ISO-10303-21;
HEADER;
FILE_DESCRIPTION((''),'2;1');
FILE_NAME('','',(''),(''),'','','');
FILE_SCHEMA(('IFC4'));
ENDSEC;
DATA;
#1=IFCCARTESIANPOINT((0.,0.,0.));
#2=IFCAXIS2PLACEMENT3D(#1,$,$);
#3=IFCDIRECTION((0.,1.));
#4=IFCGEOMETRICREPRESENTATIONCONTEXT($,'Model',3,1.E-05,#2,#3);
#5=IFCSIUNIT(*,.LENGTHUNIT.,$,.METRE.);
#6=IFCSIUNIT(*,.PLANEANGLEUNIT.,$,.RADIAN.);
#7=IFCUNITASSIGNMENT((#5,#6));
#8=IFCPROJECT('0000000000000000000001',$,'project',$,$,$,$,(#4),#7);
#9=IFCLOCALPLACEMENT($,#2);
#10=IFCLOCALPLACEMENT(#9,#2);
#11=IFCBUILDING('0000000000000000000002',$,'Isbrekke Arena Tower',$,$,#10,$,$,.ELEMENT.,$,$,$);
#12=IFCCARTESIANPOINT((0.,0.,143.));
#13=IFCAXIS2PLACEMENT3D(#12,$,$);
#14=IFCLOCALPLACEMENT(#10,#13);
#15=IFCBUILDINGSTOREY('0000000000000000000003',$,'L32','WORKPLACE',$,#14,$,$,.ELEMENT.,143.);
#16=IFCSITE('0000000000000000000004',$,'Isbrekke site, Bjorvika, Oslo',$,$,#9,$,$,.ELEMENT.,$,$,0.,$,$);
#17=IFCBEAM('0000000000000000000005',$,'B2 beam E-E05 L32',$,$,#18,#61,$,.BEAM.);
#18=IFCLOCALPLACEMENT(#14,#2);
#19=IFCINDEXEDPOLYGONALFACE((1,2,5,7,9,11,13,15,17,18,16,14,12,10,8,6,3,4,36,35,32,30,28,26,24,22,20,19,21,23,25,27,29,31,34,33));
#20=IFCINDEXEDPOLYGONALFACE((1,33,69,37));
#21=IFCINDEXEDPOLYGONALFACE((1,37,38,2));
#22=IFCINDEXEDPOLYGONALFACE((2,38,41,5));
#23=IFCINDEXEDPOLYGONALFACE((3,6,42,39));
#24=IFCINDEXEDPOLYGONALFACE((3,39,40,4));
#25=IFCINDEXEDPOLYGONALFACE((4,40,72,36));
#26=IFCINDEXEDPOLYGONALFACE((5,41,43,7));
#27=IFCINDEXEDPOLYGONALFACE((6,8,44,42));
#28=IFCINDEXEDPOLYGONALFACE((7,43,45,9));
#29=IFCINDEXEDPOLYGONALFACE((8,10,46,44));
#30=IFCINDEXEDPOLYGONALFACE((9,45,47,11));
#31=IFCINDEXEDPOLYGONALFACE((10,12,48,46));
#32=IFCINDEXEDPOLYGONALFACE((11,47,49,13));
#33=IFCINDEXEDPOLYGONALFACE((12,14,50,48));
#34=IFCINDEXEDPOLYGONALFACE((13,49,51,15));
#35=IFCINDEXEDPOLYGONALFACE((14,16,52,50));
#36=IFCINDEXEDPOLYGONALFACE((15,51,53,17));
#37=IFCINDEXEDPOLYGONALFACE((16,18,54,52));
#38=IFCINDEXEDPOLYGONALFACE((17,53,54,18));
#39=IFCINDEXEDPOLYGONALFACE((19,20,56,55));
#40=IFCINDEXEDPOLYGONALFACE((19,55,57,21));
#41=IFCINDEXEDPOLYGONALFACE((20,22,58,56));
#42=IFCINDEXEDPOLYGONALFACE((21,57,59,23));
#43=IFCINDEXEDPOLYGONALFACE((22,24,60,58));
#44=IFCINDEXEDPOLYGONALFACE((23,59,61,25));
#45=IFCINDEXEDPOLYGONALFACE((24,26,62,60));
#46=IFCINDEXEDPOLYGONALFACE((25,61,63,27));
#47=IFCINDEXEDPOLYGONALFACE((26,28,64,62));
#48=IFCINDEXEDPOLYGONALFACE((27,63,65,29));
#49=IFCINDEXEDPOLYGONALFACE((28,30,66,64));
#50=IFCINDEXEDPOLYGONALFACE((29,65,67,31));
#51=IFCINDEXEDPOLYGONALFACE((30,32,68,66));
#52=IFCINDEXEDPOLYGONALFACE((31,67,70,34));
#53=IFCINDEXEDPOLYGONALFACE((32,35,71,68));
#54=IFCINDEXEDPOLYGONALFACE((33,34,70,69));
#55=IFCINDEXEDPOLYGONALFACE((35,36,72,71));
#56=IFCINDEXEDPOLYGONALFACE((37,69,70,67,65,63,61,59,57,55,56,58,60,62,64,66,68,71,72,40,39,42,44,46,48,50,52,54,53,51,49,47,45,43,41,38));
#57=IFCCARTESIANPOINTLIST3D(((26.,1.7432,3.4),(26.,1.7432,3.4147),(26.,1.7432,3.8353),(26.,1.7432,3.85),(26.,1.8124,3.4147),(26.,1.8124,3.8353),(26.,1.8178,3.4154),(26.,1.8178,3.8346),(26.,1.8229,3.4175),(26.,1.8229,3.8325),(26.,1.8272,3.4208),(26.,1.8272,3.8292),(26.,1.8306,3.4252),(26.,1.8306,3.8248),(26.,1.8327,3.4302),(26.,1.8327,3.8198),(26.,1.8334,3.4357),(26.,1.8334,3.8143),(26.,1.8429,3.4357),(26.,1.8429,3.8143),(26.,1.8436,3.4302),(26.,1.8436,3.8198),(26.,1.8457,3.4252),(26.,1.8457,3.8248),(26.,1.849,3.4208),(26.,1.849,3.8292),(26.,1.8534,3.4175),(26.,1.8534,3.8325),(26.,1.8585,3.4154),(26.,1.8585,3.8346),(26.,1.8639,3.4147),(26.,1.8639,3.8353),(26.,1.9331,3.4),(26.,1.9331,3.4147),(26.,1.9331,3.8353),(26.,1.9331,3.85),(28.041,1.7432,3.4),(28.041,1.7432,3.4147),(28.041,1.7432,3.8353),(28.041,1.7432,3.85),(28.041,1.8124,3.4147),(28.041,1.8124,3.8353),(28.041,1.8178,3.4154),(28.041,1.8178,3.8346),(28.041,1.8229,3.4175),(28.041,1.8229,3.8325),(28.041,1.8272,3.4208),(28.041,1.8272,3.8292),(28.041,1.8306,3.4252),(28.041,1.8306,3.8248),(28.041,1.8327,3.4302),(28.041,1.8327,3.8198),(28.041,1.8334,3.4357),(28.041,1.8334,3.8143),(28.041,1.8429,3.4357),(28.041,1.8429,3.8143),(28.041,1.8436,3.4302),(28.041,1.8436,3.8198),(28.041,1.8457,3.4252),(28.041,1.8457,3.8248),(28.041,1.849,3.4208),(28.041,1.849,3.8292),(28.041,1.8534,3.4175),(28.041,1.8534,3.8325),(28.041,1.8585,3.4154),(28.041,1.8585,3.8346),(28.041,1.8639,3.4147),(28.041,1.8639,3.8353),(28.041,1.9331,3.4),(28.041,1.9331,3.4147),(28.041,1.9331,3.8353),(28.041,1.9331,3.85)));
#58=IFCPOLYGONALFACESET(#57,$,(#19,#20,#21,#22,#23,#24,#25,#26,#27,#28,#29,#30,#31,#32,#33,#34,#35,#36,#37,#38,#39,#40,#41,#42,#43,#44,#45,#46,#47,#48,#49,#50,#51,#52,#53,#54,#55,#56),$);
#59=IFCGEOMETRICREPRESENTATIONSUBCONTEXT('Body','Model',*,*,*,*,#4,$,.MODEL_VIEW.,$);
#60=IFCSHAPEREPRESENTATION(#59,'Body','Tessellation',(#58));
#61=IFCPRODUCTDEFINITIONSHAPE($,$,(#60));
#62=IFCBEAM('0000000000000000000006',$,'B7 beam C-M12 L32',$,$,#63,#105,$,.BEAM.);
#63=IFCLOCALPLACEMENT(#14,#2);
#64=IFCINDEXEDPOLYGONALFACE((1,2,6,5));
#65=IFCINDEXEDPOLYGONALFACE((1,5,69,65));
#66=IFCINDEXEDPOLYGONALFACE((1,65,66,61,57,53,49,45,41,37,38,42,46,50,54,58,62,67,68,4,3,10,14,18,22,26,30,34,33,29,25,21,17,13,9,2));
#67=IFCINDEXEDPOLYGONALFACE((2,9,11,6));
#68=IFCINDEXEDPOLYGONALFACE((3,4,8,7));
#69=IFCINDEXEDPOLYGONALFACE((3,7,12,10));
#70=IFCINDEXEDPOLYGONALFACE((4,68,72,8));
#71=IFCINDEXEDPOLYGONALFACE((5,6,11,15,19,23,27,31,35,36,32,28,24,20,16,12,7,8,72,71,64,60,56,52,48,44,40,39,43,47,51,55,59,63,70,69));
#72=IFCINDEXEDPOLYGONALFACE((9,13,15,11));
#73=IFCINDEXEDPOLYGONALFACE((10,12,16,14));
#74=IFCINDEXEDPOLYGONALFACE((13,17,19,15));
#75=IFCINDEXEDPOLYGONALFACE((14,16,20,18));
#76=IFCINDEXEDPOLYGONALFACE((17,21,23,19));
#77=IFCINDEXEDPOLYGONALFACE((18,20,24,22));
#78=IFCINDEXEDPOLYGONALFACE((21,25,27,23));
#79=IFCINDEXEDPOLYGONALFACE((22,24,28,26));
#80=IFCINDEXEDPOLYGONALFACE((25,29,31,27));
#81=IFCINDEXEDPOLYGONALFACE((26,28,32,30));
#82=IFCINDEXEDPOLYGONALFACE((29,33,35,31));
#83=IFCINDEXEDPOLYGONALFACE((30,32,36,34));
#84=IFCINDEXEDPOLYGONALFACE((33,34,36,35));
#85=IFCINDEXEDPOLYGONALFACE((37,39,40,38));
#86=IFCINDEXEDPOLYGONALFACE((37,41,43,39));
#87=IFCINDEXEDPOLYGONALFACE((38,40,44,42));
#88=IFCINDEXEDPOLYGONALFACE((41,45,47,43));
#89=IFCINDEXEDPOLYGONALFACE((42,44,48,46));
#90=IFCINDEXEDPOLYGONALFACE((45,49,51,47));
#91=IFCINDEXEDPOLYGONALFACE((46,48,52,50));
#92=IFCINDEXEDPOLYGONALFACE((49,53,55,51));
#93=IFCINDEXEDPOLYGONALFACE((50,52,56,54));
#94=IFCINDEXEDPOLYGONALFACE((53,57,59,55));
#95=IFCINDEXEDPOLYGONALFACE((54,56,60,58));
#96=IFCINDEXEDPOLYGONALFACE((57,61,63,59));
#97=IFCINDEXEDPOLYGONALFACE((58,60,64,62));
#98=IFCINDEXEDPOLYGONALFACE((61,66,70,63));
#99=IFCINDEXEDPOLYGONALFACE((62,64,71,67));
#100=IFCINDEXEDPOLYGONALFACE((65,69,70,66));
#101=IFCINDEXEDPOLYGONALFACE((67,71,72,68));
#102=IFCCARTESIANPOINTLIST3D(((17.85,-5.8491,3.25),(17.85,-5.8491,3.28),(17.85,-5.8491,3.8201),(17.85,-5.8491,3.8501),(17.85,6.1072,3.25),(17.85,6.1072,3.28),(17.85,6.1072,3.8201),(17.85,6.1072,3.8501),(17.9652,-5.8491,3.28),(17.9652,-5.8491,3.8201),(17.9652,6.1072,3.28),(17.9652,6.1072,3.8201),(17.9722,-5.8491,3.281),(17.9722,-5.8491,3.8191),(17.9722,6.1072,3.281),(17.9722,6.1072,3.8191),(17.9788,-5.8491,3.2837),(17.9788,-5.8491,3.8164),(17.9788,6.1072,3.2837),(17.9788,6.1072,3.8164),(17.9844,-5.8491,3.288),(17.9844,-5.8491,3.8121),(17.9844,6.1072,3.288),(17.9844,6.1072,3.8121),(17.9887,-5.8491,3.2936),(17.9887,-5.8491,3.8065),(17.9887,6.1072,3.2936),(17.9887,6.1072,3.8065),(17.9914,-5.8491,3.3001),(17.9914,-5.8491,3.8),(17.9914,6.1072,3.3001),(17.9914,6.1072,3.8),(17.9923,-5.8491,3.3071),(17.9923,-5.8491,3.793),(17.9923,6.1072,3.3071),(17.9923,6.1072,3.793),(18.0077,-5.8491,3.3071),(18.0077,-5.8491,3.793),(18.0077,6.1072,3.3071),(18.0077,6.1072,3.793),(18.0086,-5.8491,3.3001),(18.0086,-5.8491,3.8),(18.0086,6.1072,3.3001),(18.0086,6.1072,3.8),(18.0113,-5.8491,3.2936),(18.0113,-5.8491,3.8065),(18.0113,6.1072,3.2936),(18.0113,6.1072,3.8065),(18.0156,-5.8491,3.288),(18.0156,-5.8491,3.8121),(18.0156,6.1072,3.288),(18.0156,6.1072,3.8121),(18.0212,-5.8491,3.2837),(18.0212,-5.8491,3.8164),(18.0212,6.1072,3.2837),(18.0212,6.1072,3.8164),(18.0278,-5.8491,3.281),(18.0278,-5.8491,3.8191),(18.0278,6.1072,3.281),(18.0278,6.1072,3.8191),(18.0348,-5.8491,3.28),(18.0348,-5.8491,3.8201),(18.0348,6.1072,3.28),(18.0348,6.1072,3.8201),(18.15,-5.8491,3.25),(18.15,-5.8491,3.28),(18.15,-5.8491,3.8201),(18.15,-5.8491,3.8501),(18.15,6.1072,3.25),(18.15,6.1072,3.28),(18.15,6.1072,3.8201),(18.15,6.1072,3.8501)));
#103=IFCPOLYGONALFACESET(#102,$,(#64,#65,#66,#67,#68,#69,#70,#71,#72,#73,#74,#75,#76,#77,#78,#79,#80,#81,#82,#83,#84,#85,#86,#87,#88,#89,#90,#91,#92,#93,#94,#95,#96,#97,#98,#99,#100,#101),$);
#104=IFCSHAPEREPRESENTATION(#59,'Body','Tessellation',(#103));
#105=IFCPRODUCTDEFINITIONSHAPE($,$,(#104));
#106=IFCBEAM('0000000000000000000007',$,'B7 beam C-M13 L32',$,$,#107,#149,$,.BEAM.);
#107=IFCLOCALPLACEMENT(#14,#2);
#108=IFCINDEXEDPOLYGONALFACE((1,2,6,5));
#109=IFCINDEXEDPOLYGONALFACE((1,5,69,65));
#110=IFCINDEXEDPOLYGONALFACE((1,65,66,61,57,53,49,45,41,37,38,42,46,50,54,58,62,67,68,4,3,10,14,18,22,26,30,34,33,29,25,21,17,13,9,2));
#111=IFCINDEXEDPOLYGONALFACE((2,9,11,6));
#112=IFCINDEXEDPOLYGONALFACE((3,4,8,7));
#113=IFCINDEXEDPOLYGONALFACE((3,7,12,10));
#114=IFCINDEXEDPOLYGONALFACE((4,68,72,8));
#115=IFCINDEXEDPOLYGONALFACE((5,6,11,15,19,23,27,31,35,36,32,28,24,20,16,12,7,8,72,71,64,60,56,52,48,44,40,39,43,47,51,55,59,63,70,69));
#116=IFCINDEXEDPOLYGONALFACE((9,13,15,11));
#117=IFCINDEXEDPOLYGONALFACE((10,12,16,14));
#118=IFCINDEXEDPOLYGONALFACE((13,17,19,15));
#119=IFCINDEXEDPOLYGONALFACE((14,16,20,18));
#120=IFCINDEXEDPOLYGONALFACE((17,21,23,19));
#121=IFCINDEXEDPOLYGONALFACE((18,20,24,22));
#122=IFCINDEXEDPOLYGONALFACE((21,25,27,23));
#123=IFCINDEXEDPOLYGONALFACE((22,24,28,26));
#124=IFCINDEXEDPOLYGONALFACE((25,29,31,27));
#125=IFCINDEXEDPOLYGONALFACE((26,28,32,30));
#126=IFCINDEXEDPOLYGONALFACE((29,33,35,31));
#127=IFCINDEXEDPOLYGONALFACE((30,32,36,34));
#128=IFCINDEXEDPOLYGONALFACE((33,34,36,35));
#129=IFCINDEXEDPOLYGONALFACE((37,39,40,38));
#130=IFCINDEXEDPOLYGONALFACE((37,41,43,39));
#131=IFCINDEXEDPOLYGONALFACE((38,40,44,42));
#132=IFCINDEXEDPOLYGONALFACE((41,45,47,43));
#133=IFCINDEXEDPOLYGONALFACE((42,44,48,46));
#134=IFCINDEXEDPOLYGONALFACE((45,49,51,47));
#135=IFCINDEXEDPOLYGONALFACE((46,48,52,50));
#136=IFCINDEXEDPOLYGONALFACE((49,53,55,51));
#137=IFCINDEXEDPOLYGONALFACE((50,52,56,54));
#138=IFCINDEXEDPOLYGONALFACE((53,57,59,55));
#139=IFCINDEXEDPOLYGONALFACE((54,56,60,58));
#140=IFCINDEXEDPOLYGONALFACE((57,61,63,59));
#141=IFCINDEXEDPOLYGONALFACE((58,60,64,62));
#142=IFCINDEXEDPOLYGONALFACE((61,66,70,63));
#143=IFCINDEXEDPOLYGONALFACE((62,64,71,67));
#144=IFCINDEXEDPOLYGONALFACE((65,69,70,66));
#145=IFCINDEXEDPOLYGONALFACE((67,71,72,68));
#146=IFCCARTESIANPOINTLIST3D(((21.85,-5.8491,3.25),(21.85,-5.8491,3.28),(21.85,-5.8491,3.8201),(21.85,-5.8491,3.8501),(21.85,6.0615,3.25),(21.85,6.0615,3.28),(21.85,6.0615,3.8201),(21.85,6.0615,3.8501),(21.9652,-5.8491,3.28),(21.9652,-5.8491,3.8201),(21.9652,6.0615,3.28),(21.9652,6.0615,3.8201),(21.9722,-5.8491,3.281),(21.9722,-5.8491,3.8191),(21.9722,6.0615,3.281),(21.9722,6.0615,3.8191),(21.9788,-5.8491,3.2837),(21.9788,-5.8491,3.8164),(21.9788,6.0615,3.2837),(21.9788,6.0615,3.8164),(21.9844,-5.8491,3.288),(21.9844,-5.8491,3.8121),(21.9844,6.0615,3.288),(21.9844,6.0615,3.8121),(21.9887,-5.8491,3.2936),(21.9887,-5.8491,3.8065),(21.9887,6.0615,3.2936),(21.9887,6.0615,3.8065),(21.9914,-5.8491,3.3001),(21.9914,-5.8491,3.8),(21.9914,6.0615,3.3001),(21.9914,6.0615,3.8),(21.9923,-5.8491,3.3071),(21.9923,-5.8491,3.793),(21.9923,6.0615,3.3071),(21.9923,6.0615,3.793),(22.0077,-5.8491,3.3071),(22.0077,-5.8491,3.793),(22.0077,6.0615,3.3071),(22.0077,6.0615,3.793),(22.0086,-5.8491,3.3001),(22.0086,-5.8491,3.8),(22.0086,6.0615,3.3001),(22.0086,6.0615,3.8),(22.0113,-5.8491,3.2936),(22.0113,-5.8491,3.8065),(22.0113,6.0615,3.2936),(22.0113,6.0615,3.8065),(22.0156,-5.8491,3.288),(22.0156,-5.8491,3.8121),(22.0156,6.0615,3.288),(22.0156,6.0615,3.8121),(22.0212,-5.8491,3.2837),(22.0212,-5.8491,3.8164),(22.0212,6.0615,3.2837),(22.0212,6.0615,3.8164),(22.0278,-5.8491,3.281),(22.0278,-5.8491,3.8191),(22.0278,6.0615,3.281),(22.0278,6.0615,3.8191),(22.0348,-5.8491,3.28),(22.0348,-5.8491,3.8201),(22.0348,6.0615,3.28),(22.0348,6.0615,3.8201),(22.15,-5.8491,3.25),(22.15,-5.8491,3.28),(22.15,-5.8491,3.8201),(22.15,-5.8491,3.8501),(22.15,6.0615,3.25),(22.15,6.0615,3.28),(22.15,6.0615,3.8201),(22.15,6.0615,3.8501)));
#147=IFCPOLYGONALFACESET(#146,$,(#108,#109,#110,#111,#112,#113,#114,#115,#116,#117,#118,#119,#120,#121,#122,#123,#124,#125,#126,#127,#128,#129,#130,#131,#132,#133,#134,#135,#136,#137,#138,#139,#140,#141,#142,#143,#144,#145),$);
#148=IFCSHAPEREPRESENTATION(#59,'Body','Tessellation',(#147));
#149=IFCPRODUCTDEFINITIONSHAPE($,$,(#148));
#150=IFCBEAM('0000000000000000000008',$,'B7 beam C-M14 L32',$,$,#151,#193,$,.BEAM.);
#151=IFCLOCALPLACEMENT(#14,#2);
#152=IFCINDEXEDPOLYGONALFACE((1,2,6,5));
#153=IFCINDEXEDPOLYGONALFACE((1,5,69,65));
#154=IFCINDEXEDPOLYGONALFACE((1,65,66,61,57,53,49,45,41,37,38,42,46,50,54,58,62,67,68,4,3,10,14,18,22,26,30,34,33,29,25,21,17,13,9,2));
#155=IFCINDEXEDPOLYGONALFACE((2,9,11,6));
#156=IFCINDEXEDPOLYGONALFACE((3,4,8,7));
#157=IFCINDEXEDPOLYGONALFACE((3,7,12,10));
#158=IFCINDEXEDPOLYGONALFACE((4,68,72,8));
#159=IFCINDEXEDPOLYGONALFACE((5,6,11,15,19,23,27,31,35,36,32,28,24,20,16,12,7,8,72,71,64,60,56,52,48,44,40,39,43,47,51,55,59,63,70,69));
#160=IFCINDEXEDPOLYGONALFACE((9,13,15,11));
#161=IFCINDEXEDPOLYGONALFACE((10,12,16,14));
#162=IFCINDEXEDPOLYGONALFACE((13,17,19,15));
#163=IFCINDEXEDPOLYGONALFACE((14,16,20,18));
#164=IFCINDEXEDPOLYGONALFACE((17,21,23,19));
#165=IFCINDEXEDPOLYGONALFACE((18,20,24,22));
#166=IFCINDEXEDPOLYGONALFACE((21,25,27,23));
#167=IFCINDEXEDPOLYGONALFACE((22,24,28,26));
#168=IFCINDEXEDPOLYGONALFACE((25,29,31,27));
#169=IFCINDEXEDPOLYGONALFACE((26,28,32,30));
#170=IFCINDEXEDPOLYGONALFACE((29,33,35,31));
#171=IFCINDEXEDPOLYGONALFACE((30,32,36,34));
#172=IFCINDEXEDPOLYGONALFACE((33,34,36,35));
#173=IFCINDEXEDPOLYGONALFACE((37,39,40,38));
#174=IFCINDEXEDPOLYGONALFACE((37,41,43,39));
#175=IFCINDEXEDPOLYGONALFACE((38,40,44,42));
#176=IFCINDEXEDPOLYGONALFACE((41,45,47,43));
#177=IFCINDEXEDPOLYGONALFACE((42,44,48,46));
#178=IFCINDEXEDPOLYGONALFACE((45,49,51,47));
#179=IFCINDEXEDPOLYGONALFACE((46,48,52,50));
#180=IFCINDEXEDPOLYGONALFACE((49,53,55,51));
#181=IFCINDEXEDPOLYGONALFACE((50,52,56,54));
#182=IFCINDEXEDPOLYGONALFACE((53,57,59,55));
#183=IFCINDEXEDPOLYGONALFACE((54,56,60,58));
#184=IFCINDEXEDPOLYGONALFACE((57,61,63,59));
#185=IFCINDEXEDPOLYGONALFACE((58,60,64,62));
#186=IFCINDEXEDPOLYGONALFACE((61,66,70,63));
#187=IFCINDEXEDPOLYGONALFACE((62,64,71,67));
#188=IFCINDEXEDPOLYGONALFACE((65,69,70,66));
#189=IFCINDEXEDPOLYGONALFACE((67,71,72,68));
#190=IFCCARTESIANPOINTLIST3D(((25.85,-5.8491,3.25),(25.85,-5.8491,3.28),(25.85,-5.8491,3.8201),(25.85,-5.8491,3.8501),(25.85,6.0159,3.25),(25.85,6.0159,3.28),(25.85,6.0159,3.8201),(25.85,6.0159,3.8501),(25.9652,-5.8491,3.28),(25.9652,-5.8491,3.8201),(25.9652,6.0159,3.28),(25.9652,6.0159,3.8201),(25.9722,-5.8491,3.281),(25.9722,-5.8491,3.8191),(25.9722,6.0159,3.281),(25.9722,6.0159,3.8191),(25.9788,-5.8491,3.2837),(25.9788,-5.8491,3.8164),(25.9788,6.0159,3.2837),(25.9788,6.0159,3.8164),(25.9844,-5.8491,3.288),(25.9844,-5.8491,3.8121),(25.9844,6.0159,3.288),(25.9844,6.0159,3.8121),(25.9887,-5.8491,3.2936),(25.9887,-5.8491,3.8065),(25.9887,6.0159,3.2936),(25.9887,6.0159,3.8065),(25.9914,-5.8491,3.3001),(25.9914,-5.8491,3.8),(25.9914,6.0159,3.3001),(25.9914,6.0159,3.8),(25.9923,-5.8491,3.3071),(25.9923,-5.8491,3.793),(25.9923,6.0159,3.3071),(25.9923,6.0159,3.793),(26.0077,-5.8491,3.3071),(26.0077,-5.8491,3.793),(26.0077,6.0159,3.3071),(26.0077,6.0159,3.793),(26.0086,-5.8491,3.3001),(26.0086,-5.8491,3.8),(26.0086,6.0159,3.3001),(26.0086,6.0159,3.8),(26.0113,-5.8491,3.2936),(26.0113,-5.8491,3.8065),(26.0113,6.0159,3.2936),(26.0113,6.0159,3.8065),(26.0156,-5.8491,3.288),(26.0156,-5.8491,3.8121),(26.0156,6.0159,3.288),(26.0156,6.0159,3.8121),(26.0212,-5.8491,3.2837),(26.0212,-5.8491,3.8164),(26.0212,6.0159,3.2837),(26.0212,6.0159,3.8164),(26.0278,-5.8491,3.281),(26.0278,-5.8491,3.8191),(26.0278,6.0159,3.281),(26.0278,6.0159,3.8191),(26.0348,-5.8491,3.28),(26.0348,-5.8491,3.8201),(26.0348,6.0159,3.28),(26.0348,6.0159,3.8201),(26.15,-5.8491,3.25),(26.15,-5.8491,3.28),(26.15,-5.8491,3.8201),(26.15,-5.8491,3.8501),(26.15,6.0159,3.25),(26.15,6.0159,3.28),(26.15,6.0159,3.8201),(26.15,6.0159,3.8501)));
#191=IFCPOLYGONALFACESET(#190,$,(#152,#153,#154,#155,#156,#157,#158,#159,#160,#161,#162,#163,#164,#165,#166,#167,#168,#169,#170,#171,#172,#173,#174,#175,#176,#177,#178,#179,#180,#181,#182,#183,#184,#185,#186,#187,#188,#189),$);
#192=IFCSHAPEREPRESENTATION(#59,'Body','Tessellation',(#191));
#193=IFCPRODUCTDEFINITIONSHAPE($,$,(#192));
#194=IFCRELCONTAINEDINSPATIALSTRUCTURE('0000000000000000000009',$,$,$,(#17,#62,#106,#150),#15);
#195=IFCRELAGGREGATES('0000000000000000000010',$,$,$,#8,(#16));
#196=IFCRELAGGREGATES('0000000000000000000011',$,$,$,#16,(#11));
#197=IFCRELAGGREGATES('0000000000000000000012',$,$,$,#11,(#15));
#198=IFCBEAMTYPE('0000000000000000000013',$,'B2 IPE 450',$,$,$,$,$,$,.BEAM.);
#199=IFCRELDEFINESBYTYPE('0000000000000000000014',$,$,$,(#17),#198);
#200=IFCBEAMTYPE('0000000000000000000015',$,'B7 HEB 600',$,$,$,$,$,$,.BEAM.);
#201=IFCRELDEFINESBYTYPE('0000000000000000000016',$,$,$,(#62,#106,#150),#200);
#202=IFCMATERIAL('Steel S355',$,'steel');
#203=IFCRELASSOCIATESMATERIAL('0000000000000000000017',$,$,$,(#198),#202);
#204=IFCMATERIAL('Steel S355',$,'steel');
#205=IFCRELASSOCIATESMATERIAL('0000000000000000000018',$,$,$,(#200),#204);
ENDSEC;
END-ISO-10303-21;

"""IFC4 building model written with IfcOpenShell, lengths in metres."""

from ifc_helpers import new_model, si_unit, direction, frame, origin, origin_2d, place, context, subcontext, project, spatial, i_section, extrude, material, material_profile, profile_set, type_object, element, save


model = new_model("IFC4")

# Units and contexts
model_context = context("Model", 3, precision=1e-05, world=origin(), true_north=direction((0.0, 1.0)))
body_context = subcontext(model_context, "Body", "Model", "MODEL_VIEW")
ifc_project = project(units=[si_unit("LENGTHUNIT", "METRE"), si_unit("PLANEANGLEUNIT", "RADIAN")], contexts=[model_context])

# Site, building, storey
site_placement = place(None, origin())
site = spatial("IfcSite", under=ifc_project, at=site_placement, Name="Isbrekke site, Bjorvika, Oslo", CompositionType="ELEMENT", RefElevation=0.0)
building_placement = place(site_placement, origin())
building = spatial("IfcBuilding", under=site, at=building_placement, Name="Isbrekke Arena Tower", CompositionType="ELEMENT")
storey_placement = place(building_placement, frame((0.0, 0.0, 143.0)))
storey = spatial("IfcBuildingStorey", under=building, at=storey_placement, Name="L32", Description="WORKPLACE", CompositionType="ELEMENT", Elevation=143.0)

# Beams
ifc_material_1 = material(Name="Steel S355", Category="steel")
ifc_material_profile_1 = material_profile(ifc_material_1, i_section(OverallWidth=0.1899, OverallDepth=0.45, WebThickness=0.0095, FlangeThickness=0.0146, FilletRadius=0.021, at=origin_2d()), Name="IPE 450")
ifc_profile_set_1 = profile_set([ifc_material_profile_1], Name="Steel S355")
beam_type_1 = type_object("IfcBeamType", Name="B2 IPE 450", PredefinedType="BEAM", material=ifc_profile_set_1)
beam_1_placement = place(storey_placement, frame((28.041, 1.8381, 3.625), z_axis=(-1.0, 0.0, 0.0), x_axis=(0.0, -1.0, 0.0)))
element("IfcBeam", 1, at=beam_1_placement, inside=storey, type_object=beam_type_1, Name="B2 beam E-E05 L32", PredefinedType="BEAM", context=body_context, shape_type="SweptSolid", body=[
    extrude(i_section(OverallWidth=0.1899, OverallDepth=0.45, WebThickness=0.0095, FlangeThickness=0.0146, FilletRadius=0.021, at=origin_2d()), origin(), (0.0, 0.0, 1.0), 2.041),
])
ifc_material_2 = material(Name="Steel S355", Category="steel")
ifc_material_profile_2 = material_profile(ifc_material_2, i_section(OverallWidth=0.3, OverallDepth=0.6001, WebThickness=0.0154, FlangeThickness=0.03, FilletRadius=0.0271, at=origin_2d()), Name="HEB 600")
ifc_profile_set_2 = profile_set([ifc_material_profile_2], Name="Steel S355")
beam_type_2 = type_object("IfcBeamType", Name="B7 HEB 600", PredefinedType="BEAM", material=ifc_profile_set_2)
beam_2_placement = place(storey_placement, frame((18.0, -5.8491, 3.55), z_axis=(0.0, 1.0, 0.0), x_axis=(-1.0, 0.0, 0.0)))
element("IfcBeam", 2, at=beam_2_placement, inside=storey, type_object=beam_type_2, Name="B7 beam C-M12 L32", PredefinedType="BEAM", context=body_context, shape_type="SweptSolid", body=[
    extrude(i_section(OverallWidth=0.3, OverallDepth=0.6001, WebThickness=0.0154, FlangeThickness=0.03, FilletRadius=0.0271, at=origin_2d()), origin(), (0.0, 0.0, 1.0), 11.9563),
])
beam_3_placement = place(storey_placement, frame((22.0, -5.8491, 3.55), z_axis=(0.0, 1.0, 0.0), x_axis=(-1.0, 0.0, 0.0)))
element("IfcBeam", 3, at=beam_3_placement, inside=storey, type_object=beam_type_2, Name="B7 beam C-M13 L32", PredefinedType="BEAM", context=body_context, shape_type="SweptSolid", body=[
    extrude(i_section(OverallWidth=0.3, OverallDepth=0.6001, WebThickness=0.0154, FlangeThickness=0.03, FilletRadius=0.0271, at=origin_2d()), origin(), (0.0, 0.0, 1.0), 11.9106),
])
beam_4_placement = place(storey_placement, frame((26.0, -5.8491, 3.55), z_axis=(0.0, 1.0, 0.0), x_axis=(-1.0, 0.0, 0.0)))
element("IfcBeam", 4, at=beam_4_placement, inside=storey, type_object=beam_type_2, Name="B7 beam C-M14 L32", PredefinedType="BEAM", context=body_context, shape_type="SweptSolid", body=[
    extrude(i_section(OverallWidth=0.3, OverallDepth=0.6001, WebThickness=0.0154, FlangeThickness=0.03, FilletRadius=0.0271, at=origin_2d()), origin(), (0.0, 0.0, 1.0), 11.865),
])

save(model, "model.ifc")
